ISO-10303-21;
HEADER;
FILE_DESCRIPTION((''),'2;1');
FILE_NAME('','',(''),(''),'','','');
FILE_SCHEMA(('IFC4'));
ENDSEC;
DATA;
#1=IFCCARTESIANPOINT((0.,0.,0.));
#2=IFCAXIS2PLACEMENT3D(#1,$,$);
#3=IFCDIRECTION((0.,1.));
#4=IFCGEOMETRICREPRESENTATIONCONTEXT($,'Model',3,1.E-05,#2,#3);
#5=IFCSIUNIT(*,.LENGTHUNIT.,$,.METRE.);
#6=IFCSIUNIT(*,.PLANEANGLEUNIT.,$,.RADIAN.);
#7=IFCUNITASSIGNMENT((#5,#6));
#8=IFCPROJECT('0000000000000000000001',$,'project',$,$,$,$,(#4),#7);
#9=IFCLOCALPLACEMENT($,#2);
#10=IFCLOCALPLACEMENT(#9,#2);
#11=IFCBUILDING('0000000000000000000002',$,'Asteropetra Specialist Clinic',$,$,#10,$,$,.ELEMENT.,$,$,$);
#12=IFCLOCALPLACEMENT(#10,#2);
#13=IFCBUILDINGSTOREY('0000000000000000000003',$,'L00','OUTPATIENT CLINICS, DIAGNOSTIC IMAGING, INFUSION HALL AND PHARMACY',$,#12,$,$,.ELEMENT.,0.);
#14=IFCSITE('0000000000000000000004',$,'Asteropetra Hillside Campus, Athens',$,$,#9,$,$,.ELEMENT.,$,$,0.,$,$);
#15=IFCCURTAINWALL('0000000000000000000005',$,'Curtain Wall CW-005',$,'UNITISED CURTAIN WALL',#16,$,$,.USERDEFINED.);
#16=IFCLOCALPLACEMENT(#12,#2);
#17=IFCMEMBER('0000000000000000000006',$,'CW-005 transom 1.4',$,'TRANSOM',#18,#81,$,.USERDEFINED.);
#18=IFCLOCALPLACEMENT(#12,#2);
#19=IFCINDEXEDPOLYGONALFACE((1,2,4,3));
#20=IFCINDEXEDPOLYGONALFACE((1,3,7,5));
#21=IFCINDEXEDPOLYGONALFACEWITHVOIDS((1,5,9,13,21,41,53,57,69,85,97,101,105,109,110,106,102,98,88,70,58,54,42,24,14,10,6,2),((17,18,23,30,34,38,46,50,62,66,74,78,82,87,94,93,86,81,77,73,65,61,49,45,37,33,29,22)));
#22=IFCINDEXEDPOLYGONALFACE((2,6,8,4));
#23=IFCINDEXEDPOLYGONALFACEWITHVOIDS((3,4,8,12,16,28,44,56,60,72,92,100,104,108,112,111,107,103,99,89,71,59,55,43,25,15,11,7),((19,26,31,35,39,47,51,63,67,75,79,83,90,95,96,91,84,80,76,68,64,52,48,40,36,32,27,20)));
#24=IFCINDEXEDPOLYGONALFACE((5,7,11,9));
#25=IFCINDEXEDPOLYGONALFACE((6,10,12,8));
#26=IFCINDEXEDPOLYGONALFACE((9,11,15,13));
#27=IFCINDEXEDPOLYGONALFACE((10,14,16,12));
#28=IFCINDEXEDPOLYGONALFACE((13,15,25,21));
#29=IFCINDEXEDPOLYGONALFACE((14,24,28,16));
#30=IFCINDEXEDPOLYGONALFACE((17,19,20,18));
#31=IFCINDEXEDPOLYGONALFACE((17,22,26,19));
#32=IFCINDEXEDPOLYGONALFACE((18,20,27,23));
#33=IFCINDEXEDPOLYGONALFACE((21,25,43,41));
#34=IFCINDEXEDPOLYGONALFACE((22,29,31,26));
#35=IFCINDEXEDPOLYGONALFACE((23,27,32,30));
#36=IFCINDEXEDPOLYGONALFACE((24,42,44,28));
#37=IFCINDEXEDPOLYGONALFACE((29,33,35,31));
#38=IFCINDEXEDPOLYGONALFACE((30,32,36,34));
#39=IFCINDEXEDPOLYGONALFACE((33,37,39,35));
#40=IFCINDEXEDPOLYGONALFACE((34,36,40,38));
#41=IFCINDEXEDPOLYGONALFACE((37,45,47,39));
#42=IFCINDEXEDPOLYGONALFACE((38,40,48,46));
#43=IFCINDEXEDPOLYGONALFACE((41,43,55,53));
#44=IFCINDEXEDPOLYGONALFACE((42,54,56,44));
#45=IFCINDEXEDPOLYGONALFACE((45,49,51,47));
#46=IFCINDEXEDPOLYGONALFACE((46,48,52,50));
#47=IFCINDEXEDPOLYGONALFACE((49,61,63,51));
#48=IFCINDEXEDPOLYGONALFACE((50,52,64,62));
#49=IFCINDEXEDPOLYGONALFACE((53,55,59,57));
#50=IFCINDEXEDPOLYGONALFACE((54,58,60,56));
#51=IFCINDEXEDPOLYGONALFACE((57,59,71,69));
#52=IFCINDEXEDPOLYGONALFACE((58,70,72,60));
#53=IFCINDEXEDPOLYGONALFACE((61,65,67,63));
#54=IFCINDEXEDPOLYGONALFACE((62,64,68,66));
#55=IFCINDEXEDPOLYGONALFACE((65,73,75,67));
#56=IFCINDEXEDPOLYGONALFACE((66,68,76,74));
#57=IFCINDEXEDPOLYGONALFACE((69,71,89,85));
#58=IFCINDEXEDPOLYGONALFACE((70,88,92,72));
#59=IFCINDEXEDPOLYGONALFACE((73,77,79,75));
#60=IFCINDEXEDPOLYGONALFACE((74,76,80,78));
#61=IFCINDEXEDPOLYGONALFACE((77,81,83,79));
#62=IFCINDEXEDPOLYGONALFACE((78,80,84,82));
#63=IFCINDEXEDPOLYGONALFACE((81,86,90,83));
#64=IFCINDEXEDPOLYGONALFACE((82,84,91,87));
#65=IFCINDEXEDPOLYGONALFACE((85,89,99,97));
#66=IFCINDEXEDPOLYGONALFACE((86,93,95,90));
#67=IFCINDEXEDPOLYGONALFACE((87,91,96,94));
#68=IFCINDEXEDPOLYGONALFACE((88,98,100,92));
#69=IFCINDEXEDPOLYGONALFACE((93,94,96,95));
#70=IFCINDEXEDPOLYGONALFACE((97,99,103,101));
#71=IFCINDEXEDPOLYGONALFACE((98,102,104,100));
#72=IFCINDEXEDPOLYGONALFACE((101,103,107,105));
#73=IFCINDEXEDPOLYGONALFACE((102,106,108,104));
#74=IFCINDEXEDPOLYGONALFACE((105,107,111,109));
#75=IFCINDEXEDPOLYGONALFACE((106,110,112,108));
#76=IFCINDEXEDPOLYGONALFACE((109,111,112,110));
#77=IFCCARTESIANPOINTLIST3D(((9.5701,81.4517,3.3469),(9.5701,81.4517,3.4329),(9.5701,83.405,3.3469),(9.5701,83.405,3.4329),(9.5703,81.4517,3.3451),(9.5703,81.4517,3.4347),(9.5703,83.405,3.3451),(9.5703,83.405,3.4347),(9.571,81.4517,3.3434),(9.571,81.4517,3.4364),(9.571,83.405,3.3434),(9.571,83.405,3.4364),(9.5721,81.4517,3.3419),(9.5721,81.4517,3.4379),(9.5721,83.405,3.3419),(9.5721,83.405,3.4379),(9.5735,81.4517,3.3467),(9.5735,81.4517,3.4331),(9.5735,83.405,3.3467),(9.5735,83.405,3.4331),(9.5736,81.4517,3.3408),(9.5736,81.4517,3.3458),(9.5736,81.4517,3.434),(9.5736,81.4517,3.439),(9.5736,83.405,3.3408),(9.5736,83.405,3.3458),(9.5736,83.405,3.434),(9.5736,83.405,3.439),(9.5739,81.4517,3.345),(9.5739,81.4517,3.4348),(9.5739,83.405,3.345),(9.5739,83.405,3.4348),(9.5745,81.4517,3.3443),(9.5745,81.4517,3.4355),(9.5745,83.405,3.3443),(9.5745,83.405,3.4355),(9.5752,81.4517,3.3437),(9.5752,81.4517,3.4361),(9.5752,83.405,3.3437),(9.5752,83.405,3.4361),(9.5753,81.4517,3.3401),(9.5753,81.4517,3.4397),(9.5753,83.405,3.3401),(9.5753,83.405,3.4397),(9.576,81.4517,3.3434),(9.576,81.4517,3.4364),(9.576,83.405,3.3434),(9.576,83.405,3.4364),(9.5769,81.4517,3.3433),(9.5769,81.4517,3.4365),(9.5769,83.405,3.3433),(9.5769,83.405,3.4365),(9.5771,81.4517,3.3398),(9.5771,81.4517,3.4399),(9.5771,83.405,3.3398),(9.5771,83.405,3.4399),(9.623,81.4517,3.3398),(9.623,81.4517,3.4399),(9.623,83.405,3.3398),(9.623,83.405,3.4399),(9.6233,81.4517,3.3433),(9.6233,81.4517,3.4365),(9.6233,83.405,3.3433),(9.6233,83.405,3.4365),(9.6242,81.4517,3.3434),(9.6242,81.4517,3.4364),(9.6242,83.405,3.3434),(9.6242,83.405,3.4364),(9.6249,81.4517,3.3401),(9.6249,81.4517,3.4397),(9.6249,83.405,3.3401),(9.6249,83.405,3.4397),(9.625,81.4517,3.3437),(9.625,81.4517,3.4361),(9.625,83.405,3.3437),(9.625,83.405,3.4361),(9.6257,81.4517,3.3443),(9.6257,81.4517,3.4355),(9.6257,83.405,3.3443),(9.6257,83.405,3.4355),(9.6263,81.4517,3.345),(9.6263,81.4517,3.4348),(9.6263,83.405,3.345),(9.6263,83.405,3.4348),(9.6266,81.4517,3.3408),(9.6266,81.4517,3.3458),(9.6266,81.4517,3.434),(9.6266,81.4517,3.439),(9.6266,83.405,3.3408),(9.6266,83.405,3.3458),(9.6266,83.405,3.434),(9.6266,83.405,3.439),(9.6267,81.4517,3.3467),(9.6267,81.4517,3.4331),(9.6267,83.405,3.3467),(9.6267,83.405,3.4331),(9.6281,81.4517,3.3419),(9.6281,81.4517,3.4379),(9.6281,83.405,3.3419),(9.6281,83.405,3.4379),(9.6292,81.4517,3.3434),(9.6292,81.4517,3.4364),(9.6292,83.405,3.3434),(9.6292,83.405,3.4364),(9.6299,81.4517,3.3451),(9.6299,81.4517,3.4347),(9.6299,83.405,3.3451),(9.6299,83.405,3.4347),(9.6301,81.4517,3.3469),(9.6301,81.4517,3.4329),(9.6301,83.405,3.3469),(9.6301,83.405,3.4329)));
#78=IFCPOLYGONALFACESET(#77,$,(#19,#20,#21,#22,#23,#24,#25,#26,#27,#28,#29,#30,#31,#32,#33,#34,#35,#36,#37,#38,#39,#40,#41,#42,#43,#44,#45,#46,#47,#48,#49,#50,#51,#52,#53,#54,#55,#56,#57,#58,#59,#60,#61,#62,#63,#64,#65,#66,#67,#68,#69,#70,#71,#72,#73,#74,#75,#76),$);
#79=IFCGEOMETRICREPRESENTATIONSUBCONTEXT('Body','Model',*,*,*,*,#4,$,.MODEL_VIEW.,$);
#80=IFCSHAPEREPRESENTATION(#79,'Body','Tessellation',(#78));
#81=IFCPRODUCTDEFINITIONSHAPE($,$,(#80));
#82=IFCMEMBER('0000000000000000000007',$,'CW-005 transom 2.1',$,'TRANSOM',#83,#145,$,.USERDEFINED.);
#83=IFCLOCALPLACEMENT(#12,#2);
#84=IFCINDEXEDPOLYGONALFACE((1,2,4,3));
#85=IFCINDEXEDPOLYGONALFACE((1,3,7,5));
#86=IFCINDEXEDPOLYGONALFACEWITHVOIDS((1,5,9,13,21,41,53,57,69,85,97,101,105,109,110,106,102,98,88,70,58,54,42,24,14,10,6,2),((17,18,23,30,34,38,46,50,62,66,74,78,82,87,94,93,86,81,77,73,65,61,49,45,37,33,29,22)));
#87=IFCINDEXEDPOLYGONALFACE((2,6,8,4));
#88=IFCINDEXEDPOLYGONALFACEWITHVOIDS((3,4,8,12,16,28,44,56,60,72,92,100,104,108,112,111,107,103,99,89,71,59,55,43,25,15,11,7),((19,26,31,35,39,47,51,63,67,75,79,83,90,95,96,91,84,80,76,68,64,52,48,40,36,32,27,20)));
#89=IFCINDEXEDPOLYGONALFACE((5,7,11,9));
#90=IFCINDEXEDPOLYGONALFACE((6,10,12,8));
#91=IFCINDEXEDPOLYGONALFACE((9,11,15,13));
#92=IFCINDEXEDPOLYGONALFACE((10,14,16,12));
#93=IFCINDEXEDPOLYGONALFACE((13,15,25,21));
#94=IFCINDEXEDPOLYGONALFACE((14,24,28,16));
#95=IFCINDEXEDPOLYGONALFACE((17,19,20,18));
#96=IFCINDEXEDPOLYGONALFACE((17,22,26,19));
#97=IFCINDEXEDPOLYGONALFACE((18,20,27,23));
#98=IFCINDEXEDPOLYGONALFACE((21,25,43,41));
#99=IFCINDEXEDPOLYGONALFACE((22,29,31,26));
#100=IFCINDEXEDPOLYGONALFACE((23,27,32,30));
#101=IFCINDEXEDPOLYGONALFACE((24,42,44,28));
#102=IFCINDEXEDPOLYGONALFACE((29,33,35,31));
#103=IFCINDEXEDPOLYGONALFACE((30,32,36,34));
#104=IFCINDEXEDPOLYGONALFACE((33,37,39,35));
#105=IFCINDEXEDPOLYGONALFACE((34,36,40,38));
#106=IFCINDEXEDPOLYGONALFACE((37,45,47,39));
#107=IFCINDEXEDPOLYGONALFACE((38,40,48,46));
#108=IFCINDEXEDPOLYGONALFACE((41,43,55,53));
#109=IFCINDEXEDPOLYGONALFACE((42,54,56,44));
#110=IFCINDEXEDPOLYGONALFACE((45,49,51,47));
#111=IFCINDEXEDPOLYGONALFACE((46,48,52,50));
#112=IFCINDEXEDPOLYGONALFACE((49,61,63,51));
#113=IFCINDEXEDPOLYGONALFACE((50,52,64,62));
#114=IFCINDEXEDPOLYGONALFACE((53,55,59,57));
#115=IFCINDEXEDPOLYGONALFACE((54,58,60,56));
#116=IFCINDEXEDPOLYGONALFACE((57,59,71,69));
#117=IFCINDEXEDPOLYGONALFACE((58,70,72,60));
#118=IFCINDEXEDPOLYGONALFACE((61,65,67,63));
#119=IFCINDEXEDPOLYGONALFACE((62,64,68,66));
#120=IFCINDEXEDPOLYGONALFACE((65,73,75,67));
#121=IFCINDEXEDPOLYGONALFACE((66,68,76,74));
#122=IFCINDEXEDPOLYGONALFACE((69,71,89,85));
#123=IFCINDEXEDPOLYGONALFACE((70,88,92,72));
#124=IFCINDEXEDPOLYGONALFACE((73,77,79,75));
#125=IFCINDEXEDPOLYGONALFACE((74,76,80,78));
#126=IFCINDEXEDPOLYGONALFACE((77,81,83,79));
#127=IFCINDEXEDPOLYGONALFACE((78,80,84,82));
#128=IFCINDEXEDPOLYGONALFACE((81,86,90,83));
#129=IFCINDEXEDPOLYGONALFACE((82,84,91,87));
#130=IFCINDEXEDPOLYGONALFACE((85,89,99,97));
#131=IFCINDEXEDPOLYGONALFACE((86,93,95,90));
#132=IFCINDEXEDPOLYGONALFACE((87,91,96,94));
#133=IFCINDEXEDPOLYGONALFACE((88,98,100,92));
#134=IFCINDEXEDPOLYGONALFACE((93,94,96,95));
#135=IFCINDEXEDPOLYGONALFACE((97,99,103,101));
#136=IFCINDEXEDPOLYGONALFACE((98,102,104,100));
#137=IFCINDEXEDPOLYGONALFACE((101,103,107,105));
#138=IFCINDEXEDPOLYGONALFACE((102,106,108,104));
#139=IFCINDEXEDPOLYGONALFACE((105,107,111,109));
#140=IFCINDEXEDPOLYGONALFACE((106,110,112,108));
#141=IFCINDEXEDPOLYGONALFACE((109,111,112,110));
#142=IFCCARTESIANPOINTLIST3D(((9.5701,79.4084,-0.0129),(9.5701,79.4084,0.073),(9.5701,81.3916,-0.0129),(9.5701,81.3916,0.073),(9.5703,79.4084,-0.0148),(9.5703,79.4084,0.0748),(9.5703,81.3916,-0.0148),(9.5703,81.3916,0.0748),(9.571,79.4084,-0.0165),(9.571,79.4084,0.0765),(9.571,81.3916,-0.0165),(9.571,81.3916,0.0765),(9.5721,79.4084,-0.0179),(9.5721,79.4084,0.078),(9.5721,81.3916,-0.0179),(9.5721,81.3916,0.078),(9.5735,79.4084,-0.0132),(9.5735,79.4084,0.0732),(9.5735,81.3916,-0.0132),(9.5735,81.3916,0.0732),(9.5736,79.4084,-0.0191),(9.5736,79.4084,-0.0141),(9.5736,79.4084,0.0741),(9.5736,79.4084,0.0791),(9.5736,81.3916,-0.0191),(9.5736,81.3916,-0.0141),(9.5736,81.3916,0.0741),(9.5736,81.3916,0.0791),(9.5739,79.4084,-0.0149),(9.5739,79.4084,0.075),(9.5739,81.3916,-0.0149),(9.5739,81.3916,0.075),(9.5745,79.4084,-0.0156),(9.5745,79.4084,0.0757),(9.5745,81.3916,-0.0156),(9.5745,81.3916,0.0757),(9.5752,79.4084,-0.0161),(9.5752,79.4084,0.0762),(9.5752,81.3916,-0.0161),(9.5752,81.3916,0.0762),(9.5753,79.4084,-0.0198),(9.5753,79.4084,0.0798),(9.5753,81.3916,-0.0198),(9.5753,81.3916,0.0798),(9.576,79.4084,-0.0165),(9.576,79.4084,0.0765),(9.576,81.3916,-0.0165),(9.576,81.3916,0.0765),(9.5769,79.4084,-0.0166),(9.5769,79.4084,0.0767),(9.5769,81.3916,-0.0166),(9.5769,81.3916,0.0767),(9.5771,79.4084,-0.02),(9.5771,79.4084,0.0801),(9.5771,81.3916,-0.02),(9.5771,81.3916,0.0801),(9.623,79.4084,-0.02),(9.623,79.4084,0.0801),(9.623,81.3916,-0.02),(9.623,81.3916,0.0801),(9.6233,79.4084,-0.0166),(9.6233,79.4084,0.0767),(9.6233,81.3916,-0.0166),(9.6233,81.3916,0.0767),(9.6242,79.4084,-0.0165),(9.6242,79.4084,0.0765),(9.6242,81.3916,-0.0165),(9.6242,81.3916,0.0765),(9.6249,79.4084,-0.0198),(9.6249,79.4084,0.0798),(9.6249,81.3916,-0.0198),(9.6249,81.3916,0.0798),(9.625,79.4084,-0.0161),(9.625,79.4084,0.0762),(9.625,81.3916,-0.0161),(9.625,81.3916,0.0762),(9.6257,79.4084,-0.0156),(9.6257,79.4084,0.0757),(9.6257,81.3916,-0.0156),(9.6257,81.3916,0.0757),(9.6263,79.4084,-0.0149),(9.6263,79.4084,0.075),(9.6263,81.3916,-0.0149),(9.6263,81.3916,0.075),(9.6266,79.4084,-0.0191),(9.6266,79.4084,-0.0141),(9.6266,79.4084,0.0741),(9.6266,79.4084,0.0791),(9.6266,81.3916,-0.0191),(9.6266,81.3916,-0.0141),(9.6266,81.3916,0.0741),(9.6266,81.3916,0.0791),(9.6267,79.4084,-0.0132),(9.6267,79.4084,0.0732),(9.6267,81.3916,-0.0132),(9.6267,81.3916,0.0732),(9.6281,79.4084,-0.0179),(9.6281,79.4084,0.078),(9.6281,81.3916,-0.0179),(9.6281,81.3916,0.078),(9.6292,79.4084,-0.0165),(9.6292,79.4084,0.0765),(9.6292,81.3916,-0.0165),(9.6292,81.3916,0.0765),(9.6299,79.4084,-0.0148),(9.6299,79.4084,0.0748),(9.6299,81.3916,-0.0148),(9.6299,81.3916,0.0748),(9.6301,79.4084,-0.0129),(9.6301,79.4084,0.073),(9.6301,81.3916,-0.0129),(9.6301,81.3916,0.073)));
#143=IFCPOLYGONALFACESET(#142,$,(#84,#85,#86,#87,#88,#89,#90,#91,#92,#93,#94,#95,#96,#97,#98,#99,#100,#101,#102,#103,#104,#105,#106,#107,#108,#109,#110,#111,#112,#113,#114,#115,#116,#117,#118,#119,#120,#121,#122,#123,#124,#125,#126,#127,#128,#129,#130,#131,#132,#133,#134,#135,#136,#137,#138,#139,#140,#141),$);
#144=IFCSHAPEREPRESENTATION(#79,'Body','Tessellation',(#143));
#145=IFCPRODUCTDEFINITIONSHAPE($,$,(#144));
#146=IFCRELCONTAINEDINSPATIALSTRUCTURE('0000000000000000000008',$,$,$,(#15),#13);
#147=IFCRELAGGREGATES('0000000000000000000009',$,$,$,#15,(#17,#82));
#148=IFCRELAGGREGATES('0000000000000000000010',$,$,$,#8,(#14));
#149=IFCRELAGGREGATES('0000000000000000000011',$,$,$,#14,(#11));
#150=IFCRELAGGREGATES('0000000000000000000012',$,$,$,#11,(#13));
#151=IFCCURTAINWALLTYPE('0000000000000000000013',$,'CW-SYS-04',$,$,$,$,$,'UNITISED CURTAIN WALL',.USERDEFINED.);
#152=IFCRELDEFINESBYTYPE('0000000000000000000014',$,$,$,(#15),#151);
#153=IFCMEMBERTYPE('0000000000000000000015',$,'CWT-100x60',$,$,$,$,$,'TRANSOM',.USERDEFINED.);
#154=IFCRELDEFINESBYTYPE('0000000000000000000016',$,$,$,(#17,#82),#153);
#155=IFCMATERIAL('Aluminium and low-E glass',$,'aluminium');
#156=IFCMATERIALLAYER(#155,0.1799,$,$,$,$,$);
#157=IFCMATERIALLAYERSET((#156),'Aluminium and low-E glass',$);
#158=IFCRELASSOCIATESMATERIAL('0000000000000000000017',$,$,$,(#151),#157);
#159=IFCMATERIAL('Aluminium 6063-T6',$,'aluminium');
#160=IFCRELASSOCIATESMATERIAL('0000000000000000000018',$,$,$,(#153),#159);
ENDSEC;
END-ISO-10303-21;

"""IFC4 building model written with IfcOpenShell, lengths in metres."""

from ifc_helpers import new_model, si_unit, direction, frame, origin, origin_2d, place, context, subcontext, project, spatial, hollow_rectangle, extrude, material, layer, layer_set, material_profile, profile_set, type_object, element, aggregate, save


model = new_model("IFC4")

# Units and contexts
model_context = context("Model", 3, precision=1e-05, world=origin(), true_north=direction((0.0, 1.0)))
body_context = subcontext(model_context, "Body", "Model", "MODEL_VIEW")
ifc_project = project(units=[si_unit("LENGTHUNIT", "METRE"), si_unit("PLANEANGLEUNIT", "RADIAN")], contexts=[model_context])

# Site, building, storey
site_placement = place(None, origin())
site = spatial("IfcSite", under=ifc_project, at=site_placement, Name="Asteropetra Hillside Campus, Athens", CompositionType="ELEMENT", RefElevation=0.0)
building_placement = place(site_placement, origin())
building = spatial("IfcBuilding", under=site, at=building_placement, Name="Asteropetra Specialist Clinic", CompositionType="ELEMENT")
storey_placement = place(building_placement, origin())
storey = spatial("IfcBuildingStorey", under=building, at=storey_placement, Name="L00", Description="OUTPATIENT CLINICS, DIAGNOSTIC IMAGING, INFUSION HALL AND PHARMACY", CompositionType="ELEMENT", Elevation=0.0)

# Curtain wall
ifc_material_1 = material(Name="Aluminium and low-E glass", Category="aluminium")
ifc_layer_1 = layer(ifc_material_1, 0.1799)
ifc_layer_set_1 = layer_set([ifc_layer_1], Name="Aluminium and low-E glass")
curtain_wall_type_1 = type_object("IfcCurtainWallType", Name="CW-SYS-04", ElementType="UNITISED CURTAIN WALL", PredefinedType="USERDEFINED", material=ifc_layer_set_1)
curtain_wall_1_placement = place(storey_placement, origin())
curtain_wall_1 = element("IfcCurtainWall", 1, at=curtain_wall_1_placement, inside=storey, type_object=curtain_wall_type_1, Name="Curtain Wall CW-005", ObjectType="UNITISED CURTAIN WALL", PredefinedType="USERDEFINED")

# Members
ifc_material_2 = material(Name="Aluminium 6063-T6", Category="aluminium")
ifc_material_profile_1 = material_profile(ifc_material_2, hollow_rectangle(XDim=0.0601, YDim=0.1001, WallThickness=0.0034, InnerFilletRadius=0.0034, OuterFilletRadius=0.0071, at=origin_2d()), Name="TRN 100x60x3.5")
ifc_profile_set_1 = profile_set([ifc_material_profile_1], Name="Aluminium 6063-T6")
member_type_1 = type_object("IfcMemberType", Name="CWT-100x60", ElementType="TRANSOM", PredefinedType="USERDEFINED", material=ifc_profile_set_1)
member_1_placement = place(storey_placement, frame((9.6001, 83.405, 3.3899), z_axis=(0.0, -1.0, 0.0), x_axis=(1.0, 0.0, 0.0)))
member_1 = element("IfcMember", 2, at=member_1_placement, type_object=member_type_1, Name="CW-005 transom 1.4", ObjectType="TRANSOM", PredefinedType="USERDEFINED", context=body_context, shape_type="SweptSolid", body=[
    extrude(hollow_rectangle(XDim=0.0601, YDim=0.1001, WallThickness=0.0034, InnerFilletRadius=0.0034, OuterFilletRadius=0.0071, at=origin_2d()), origin(), (0.0, 0.0, 1.0), 1.9534),
])
member_2_placement = place(storey_placement, frame((9.6001, 81.3916, 0.03), z_axis=(0.0, -1.0, 0.0), x_axis=(1.0, 0.0, 0.0)))
member_2 = element("IfcMember", 3, at=member_2_placement, type_object=member_type_1, Name="CW-005 transom 2.1", ObjectType="TRANSOM", PredefinedType="USERDEFINED", context=body_context, shape_type="SweptSolid", body=[
    extrude(hollow_rectangle(XDim=0.0601, YDim=0.1001, WallThickness=0.0034, InnerFilletRadius=0.0034, OuterFilletRadius=0.0071, at=origin_2d()), origin(), (0.0, 0.0, 1.0), 1.9832),
])

aggregate(curtain_wall_1, [member_1, member_2])

save(model, "model.ifc")
